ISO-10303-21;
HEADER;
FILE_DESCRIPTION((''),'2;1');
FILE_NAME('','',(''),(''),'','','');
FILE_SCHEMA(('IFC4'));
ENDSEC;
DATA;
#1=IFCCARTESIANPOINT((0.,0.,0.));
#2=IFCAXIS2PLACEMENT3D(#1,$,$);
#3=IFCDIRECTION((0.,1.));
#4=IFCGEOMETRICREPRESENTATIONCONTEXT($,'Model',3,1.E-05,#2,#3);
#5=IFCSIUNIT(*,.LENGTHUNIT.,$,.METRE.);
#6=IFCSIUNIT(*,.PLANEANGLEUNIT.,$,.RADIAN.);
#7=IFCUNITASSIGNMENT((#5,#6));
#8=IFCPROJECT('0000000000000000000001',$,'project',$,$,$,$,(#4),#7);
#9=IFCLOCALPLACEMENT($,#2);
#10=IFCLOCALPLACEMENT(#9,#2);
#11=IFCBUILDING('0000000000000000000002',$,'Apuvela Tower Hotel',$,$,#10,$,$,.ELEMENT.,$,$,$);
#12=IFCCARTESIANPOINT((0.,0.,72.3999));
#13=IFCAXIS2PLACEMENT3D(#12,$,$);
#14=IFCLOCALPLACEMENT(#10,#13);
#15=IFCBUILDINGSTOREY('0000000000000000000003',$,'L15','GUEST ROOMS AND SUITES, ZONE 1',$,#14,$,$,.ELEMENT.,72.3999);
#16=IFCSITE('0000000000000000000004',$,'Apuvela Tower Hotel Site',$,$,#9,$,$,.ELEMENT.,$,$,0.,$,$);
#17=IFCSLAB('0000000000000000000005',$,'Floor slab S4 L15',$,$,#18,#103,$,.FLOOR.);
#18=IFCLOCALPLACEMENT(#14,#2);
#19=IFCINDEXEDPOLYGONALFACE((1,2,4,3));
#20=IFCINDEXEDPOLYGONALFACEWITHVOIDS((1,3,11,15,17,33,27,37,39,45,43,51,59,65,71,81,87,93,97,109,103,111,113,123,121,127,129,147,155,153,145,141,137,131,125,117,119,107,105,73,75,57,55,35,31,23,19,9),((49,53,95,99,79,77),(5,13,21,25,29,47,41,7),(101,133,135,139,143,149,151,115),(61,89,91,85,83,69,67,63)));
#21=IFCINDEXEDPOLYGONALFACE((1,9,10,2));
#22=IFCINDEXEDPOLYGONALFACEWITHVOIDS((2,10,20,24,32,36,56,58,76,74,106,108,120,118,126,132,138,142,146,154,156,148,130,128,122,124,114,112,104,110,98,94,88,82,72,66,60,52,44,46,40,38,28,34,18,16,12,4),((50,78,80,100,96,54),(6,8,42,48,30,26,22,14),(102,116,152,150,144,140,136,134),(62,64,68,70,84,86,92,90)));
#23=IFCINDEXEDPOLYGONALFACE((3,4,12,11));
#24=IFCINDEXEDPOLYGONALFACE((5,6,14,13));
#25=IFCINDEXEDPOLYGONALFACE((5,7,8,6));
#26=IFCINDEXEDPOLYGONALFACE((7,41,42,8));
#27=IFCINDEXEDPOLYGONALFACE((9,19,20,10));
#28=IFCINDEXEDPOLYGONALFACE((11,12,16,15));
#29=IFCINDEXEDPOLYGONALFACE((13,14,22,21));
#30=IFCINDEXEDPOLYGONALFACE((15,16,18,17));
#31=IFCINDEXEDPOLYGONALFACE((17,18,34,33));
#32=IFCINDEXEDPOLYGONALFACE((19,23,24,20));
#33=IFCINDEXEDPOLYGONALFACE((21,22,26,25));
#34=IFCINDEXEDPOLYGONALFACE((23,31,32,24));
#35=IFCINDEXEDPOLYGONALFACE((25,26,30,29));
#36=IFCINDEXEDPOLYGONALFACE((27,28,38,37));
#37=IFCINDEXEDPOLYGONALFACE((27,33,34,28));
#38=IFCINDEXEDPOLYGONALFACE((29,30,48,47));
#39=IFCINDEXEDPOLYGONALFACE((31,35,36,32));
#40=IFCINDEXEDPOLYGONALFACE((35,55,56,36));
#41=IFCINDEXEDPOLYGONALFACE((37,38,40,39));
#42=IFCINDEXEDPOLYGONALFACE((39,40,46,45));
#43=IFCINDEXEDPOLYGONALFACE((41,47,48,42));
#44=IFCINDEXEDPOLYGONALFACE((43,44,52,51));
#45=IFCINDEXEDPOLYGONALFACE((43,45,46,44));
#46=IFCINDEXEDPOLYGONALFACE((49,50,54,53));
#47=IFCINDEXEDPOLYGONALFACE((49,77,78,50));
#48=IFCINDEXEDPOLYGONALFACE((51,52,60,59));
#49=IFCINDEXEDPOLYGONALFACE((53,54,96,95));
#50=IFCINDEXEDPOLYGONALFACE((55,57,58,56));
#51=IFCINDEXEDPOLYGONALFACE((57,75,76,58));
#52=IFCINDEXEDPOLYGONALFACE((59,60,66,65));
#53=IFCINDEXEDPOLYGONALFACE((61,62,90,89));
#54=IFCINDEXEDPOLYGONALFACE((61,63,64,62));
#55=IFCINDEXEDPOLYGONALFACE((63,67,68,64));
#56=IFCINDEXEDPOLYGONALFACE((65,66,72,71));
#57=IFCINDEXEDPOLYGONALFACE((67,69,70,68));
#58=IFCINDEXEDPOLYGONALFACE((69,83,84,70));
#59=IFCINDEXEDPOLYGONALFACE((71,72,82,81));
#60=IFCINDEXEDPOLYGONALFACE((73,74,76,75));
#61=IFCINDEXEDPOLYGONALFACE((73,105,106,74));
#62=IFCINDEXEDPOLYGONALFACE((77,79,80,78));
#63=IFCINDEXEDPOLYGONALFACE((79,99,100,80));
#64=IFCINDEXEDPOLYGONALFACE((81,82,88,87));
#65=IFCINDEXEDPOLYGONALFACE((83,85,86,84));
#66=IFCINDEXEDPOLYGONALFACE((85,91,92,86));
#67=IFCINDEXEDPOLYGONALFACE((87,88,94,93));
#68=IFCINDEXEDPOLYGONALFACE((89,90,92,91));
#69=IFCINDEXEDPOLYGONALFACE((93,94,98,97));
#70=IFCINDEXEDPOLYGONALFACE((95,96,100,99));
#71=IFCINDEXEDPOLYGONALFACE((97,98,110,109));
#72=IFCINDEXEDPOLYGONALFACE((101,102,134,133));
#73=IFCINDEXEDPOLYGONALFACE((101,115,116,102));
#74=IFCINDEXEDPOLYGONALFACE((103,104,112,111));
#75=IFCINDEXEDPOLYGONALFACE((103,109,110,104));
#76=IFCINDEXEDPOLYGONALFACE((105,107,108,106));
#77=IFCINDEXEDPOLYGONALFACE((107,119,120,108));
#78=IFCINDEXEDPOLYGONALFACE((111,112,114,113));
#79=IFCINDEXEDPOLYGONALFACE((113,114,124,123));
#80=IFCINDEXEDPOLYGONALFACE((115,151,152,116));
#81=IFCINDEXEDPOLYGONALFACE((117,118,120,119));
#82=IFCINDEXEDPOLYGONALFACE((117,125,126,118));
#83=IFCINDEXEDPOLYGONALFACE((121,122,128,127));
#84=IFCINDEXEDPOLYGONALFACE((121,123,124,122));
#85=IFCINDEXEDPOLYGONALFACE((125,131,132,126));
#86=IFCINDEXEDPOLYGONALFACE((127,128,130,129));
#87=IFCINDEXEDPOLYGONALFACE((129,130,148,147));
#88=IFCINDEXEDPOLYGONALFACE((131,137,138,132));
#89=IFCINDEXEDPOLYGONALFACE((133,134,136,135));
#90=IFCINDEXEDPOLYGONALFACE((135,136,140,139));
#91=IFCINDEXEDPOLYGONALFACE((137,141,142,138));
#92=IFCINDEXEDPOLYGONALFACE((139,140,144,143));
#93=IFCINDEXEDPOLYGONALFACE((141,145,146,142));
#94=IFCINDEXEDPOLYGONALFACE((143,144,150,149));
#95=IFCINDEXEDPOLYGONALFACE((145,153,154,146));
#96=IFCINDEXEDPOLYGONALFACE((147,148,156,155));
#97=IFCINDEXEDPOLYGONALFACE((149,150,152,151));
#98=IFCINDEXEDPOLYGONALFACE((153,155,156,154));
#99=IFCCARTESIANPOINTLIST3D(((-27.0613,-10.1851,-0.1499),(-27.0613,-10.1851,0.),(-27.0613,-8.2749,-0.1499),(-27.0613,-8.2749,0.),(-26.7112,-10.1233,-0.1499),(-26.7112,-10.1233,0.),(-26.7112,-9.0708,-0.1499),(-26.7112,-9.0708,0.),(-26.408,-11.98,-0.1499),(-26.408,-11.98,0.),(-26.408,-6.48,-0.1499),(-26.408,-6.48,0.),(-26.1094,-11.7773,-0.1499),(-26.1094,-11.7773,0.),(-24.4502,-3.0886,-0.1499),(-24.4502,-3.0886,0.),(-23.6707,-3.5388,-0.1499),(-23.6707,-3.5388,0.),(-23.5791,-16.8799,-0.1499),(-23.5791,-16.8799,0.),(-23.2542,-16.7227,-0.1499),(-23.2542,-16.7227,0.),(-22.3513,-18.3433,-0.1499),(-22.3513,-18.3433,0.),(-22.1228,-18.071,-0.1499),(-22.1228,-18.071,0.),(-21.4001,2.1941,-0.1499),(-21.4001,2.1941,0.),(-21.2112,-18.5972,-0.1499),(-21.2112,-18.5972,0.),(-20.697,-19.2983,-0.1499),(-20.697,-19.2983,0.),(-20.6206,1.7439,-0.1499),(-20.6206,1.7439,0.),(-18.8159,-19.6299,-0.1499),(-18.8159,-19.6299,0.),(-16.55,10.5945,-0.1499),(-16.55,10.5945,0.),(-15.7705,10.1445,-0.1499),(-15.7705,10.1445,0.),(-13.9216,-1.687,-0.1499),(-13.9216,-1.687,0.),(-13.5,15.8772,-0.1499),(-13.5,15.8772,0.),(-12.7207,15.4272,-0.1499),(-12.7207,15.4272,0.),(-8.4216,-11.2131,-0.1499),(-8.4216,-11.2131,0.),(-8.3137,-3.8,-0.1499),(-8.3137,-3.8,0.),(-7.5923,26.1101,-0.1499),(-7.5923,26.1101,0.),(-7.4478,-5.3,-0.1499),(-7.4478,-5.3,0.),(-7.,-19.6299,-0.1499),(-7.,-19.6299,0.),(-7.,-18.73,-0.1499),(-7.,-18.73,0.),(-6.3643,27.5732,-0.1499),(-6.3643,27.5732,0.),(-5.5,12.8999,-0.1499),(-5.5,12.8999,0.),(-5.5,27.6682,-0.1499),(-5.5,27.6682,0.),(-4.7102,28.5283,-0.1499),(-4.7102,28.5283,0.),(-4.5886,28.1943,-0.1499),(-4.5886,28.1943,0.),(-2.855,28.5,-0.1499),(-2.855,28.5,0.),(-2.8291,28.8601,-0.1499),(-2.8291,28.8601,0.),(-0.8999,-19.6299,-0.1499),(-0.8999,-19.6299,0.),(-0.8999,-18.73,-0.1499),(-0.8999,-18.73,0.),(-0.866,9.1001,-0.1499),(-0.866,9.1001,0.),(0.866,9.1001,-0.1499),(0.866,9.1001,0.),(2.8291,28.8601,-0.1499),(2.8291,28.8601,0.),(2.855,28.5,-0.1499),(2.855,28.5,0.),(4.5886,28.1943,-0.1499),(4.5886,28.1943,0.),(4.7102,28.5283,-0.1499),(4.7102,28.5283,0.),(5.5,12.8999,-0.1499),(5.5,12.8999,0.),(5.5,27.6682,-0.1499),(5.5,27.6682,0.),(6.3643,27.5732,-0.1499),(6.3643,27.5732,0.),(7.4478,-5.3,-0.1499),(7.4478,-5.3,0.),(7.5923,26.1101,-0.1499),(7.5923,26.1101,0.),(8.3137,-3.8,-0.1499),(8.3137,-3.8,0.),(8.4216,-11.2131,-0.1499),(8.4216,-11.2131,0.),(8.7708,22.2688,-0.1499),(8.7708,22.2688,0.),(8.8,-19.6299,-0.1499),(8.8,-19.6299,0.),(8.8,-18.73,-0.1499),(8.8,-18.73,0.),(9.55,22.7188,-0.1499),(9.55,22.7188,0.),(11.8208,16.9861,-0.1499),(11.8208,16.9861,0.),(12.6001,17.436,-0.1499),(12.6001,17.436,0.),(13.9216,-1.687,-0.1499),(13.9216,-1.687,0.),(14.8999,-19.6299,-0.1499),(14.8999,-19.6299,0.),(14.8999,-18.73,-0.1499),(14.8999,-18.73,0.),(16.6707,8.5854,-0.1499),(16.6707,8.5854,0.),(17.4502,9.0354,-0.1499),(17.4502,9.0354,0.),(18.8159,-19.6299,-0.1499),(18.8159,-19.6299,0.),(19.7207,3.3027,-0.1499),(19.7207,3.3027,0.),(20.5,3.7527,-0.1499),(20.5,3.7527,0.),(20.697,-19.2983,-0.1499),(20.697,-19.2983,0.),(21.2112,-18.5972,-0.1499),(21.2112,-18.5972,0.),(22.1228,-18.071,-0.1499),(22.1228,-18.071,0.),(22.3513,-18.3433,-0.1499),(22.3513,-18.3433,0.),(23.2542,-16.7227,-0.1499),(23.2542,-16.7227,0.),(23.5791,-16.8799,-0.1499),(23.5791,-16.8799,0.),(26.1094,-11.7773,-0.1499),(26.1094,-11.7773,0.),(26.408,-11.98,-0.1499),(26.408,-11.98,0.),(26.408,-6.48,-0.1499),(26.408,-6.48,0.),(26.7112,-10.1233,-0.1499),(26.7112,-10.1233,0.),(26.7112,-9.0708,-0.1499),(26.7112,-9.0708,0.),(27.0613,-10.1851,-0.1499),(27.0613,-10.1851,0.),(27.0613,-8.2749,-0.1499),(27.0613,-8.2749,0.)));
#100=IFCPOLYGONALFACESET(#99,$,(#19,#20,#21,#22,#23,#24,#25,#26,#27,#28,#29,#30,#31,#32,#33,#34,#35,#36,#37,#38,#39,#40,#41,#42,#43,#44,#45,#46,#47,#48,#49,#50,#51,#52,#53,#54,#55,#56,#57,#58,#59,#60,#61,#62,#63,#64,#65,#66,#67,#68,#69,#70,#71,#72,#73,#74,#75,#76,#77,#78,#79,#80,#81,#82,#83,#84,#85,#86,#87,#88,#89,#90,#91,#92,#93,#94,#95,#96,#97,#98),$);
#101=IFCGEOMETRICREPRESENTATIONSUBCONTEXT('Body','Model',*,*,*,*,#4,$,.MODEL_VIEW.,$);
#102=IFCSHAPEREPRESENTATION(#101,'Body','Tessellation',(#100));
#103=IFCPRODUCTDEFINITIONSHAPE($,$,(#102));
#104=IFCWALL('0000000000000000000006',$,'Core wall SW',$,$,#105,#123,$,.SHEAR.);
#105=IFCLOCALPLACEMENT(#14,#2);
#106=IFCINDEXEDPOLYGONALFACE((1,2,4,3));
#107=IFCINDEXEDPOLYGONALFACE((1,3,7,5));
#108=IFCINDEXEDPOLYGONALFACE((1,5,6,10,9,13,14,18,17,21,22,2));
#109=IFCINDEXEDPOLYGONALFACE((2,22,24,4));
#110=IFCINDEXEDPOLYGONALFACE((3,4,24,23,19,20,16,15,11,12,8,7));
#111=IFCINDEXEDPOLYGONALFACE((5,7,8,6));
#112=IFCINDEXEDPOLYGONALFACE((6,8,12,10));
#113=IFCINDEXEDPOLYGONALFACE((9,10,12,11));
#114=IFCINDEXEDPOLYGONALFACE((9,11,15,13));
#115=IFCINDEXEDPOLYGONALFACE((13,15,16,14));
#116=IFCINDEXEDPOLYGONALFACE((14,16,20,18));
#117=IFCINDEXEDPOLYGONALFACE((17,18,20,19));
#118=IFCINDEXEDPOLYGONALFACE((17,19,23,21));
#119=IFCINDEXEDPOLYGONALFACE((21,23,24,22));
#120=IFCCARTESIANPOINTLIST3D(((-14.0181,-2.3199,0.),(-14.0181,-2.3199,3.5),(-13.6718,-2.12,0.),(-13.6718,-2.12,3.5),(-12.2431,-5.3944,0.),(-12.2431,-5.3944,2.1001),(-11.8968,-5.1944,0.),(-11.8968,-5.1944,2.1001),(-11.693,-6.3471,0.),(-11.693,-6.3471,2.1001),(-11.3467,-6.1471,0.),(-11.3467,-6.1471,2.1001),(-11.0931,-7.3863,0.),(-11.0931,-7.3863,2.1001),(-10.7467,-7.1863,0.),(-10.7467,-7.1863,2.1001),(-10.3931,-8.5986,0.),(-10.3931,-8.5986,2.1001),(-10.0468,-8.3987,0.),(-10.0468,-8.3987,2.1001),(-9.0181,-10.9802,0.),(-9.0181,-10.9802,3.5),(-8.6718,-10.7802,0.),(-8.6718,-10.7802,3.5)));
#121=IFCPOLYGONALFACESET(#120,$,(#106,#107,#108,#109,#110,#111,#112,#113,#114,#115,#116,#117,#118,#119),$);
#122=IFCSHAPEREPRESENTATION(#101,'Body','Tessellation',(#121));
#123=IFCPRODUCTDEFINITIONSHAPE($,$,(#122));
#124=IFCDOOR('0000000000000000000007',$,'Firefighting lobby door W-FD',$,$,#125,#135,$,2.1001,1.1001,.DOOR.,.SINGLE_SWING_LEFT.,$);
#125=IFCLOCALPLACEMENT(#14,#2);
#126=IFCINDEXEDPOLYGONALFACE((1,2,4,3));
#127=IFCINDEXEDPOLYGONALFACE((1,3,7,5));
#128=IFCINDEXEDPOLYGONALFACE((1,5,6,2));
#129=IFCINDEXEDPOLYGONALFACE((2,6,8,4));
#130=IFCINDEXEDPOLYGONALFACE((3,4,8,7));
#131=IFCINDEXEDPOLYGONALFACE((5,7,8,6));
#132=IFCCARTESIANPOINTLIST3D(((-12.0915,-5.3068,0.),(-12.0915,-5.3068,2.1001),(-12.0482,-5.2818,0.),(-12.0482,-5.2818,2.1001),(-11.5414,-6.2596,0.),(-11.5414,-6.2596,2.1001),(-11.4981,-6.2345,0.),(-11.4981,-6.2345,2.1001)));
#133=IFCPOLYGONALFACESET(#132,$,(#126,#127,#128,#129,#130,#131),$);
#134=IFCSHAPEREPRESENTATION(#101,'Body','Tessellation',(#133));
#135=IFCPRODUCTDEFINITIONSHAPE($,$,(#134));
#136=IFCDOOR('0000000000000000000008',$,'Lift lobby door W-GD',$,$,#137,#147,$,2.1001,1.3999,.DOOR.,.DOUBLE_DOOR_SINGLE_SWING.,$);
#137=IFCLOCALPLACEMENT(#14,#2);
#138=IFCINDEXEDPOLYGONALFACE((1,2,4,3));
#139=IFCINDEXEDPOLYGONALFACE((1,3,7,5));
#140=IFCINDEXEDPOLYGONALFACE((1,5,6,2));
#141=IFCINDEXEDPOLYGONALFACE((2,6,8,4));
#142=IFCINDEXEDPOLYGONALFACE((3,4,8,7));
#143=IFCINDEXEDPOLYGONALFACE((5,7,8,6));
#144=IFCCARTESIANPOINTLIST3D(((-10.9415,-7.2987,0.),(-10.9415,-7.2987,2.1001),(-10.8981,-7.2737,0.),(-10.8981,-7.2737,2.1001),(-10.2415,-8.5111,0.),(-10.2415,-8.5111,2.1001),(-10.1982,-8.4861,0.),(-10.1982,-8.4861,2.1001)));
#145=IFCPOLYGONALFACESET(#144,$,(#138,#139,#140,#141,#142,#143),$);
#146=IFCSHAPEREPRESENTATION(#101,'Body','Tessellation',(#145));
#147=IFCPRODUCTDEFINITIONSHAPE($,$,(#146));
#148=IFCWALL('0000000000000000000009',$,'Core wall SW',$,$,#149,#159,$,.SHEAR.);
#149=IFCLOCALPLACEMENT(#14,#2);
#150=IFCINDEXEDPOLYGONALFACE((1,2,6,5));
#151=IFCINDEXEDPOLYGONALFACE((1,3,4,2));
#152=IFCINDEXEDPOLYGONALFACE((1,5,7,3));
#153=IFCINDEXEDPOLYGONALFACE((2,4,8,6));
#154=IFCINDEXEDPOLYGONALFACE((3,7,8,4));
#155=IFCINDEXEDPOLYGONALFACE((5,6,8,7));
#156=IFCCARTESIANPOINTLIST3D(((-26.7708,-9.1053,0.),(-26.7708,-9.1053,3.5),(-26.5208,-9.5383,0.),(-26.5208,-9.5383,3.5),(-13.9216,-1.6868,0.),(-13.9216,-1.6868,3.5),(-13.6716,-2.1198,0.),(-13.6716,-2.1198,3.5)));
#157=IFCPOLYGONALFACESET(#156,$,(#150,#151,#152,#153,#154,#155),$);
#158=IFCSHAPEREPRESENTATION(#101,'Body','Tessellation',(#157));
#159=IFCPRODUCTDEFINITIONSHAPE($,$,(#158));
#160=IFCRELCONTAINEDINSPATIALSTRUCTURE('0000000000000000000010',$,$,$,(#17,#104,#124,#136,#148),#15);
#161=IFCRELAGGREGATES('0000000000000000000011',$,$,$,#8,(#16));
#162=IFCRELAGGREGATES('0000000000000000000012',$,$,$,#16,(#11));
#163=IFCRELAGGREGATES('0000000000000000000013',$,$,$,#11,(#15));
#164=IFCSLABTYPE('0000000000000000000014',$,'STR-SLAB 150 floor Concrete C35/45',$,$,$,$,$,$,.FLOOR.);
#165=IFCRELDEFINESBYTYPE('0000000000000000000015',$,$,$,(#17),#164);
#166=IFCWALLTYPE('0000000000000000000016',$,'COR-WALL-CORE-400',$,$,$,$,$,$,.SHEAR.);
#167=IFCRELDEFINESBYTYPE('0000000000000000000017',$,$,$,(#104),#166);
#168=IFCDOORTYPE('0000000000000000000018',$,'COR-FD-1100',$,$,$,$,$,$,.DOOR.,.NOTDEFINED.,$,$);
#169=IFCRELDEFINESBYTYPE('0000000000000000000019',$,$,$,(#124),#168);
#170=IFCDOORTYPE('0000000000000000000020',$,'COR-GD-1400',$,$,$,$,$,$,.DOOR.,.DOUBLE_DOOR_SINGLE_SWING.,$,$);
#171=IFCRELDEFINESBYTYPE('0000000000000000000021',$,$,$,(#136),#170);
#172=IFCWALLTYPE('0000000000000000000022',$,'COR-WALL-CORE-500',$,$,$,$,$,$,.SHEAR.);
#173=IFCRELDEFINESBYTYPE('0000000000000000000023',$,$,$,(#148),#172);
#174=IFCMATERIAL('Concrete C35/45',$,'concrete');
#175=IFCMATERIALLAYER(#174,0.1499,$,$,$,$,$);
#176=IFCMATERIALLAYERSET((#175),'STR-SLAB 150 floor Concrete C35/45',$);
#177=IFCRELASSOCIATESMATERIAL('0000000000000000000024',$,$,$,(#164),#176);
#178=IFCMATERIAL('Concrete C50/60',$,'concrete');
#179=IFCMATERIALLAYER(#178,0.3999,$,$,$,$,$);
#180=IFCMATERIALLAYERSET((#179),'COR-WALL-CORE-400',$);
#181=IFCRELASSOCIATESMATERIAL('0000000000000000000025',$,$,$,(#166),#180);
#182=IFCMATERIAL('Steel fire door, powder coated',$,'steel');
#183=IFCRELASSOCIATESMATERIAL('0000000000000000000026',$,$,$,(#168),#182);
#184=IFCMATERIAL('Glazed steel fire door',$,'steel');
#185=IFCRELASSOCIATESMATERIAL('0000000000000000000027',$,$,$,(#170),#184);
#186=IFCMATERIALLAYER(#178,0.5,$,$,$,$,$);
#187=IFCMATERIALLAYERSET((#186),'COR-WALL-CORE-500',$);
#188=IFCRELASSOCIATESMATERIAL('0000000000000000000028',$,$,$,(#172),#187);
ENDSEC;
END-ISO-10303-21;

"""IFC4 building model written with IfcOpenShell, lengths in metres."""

from ifc_helpers import new_model, si_unit, direction, frame, frame_2d, origin, place, context, subcontext, project, spatial, polyline, rectangle, outline, extrude, material, layer, layer_set, type_object, element, fill, save


model = new_model("IFC4")

# Units and contexts
model_context = context("Model", 3, precision=1e-05, world=origin(), true_north=direction((0.0, 1.0)))
body_context = subcontext(model_context, "Body", "Model", "MODEL_VIEW")
ifc_project = project(units=[si_unit("LENGTHUNIT", "METRE"), si_unit("PLANEANGLEUNIT", "RADIAN")], contexts=[model_context])

# Site, building, storey
site_placement = place(None, origin())
site = spatial("IfcSite", under=ifc_project, at=site_placement, Name="Apuvela Tower Hotel Site", CompositionType="ELEMENT", RefElevation=0.0)
building_placement = place(site_placement, origin())
building = spatial("IfcBuilding", under=site, at=building_placement, Name="Apuvela Tower Hotel", CompositionType="ELEMENT")
storey_placement = place(building_placement, frame((0.0, 0.0, 72.3999)))
storey = spatial("IfcBuildingStorey", under=building, at=storey_placement, Name="L15", Description="GUEST ROOMS AND SUITES, ZONE 1", CompositionType="ELEMENT", Elevation=72.3999)

# Slab
ifc_material_1 = material(Name="Concrete C50/60", Category="concrete")
ifc_material_2 = material(Name="Concrete C35/45", Category="concrete")
ifc_layer_1 = layer(ifc_material_2, 0.1499)
ifc_layer_set_1 = layer_set([ifc_layer_1], Name="STR-SLAB 150 floor Concrete C35/45")
slab_type_1 = type_object("IfcSlabType", Name="STR-SLAB 150 floor Concrete C35/45", PredefinedType="FLOOR", material=ifc_layer_set_1)
slab_1_placement = place(storey_placement, frame((0.0, 0.0, -0.1499)))
element("IfcSlab", 1, at=slab_1_placement, inside=storey, type_object=slab_type_1, Name="Floor slab S4 L15", PredefinedType="FLOOR", context=body_context, shape_type="SweptSolid", body=[
    extrude(outline(polyline([(-6.3643, 27.5732), (-4.7102, 28.5283), (-2.8291, 28.8601), (2.8291, 28.8601), (4.7102, 28.5283), (6.3643, 27.5732), (7.5923, 26.1101), (9.55, 22.7188), (8.7708, 22.2688), (11.8208, 16.9861), (12.6001, 17.436), (17.4502, 9.0354), (16.6707, 8.5854), (19.7207, 3.3027), (20.5, 3.7527), (26.408, -6.48), (27.0613, -8.2749), (27.0613, -10.1851), (26.408, -11.98), (23.5791, -16.8799), (22.3513, -18.3433), (20.697, -19.2983), (18.8159, -19.6299), (14.8999, -19.6299), (14.8999, -18.73), (8.8, -18.73), (8.8, -19.6299), (-0.8999, -19.6299), (-0.8999, -18.73), (-7.0, -18.73), (-7.0, -19.6299), (-18.8159, -19.6299), (-20.697, -19.2983), (-22.3513, -18.3433), (-23.5791, -16.8799), (-26.408, -11.98), (-27.0613, -10.1851), (-27.0613, -8.2749), (-26.408, -6.48), (-24.4502, -3.0886), (-23.6707, -3.5388), (-20.6206, 1.7439), (-21.4001, 2.1941), (-16.55, 10.5945), (-15.7705, 10.1445), (-12.7207, 15.4272), (-13.5, 15.8772), (-7.5923, 26.1101), (-6.3643, 27.5732)]), holes=[polyline([(0.866, 9.1001), (-0.866, 9.1001), (-8.3137, -3.8), (-7.4478, -5.3), (7.4478, -5.3), (8.3137, -3.8), (0.866, 9.1001)]), polyline([(-5.5, 12.8999), (-5.5, 27.6682), (-4.5886, 28.1943), (-2.855, 28.5), (2.855, 28.5), (4.5886, 28.1943), (5.5, 27.6682), (5.5, 12.8999), (-5.5, 12.8999)]), polyline([(-8.4216, -11.2131), (-21.2112, -18.5972), (-22.1228, -18.071), (-23.2542, -16.7227), (-26.1094, -11.7773), (-26.7112, -10.1233), (-26.7112, -9.0708), (-13.9216, -1.687), (-8.4216, -11.2131)]), polyline([(13.9216, -1.687), (26.7112, -9.0708), (26.7112, -10.1233), (26.1094, -11.7773), (23.2542, -16.7227), (22.1228, -18.071), (21.2112, -18.5972), (8.4216, -11.2131), (13.9216, -1.687)])]), origin(), (0.0, 0.0, 1.0), 0.1499),
])

# Wall, openings, doors
ifc_layer_2 = layer(ifc_material_1, 0.3999)
ifc_layer_set_2 = layer_set([ifc_layer_2], Name="COR-WALL-CORE-400")
wall_type_1 = type_object("IfcWallType", Name="COR-WALL-CORE-400", PredefinedType="SHEAR", material=ifc_layer_set_2)
wall_1_placement = place(storey_placement, frame((-13.845, -2.22, 0.0), z_axis=(0.0, 0.0, 1.0), x_axis=(0.500004, -0.866023, 0.0)))
wall_1 = element("IfcWall", 2, at=wall_1_placement, inside=storey, type_object=wall_type_1, Name="Core wall SW", PredefinedType="SHEAR", context=body_context, shape_type="SweptSolid", body=[
    extrude(rectangle(XDim=10.0, YDim=0.3999, at=frame_2d((5.0, 0.0))), origin(), (0.0, 0.0, 1.0), 3.5),
])
opening_1_placement = place(wall_1_placement, frame((3.55, 0.0, 0.0)))
opening_1 = element("IfcOpeningElement", 3, at=opening_1_placement, cuts=wall_1, PredefinedType="OPENING", context=body_context, shape_type="SweptSolid", body=[
    extrude(rectangle(XDim=1.1001, YDim=2.1001, at=frame_2d((0.55, 1.05))), frame((0.0, 0.21, 0.0), z_axis=(0.0, -1.0, 0.0), x_axis=(1.0, 0.0, 0.0)), (0.0, 0.0, 1.0), 0.4199),
])
opening_2_placement = place(wall_1_placement, frame((5.8501, 0.0, 0.0)))
opening_2 = element("IfcOpeningElement", 4, at=opening_2_placement, cuts=wall_1, PredefinedType="OPENING", context=body_context, shape_type="SweptSolid", body=[
    extrude(rectangle(XDim=1.3999, YDim=2.1001, at=frame_2d((0.7, 1.05))), frame((0.0, 0.21, 0.0), z_axis=(0.0, -1.0, 0.0), x_axis=(1.0, 0.0, 0.0)), (0.0, 0.0, 1.0), 0.4199),
])
ifc_material_3 = material(Name="Steel fire door, powder coated", Category="steel")
door_type_1 = type_object("IfcDoorType", Name="COR-FD-1100", OperationType="NOTDEFINED", PredefinedType="DOOR", material=ifc_material_3)
door_1_placement = place(opening_1_placement, frame((1.1001, 0.0, 0.0), z_axis=(0.0, 0.0, 1.0), x_axis=(-1.0, 0.0, 0.0)))
door_1 = element("IfcDoor", 5, at=door_1_placement, inside=storey, type_object=door_type_1, Name="Firefighting lobby door W-FD", OperationType="SINGLE_SWING_LEFT", OverallHeight=2.1001, OverallWidth=1.1001, PredefinedType="DOOR", context=body_context, shape_type="SweptSolid", body=[
    extrude(rectangle(XDim=1.1001, YDim=2.1001, at=frame_2d((0.55, 1.05))), frame((0.0, 0.0249, 0.0), z_axis=(0.0, -1.0, 0.0), x_axis=(1.0, 0.0, 0.0)), (0.0, 0.0, 1.0), 0.05),
])
fill(opening_1, door_1)
ifc_material_4 = material(Name="Glazed steel fire door", Category="steel")
door_type_2 = type_object("IfcDoorType", Name="COR-GD-1400", OperationType="DOUBLE_DOOR_SINGLE_SWING", PredefinedType="DOOR", material=ifc_material_4)
door_2_placement = place(opening_2_placement, frame((1.3999, 0.0, 0.0), z_axis=(0.0, 0.0, 1.0), x_axis=(-1.0, 0.0, 0.0)))
door_2 = element("IfcDoor", 6, at=door_2_placement, inside=storey, type_object=door_type_2, Name="Lift lobby door W-GD", OperationType="DOUBLE_DOOR_SINGLE_SWING", OverallHeight=2.1001, OverallWidth=1.3999, PredefinedType="DOOR", context=body_context, shape_type="SweptSolid", body=[
    extrude(rectangle(XDim=1.3999, YDim=2.1001, at=frame_2d((0.7, 1.05))), frame((0.0, 0.0249, 0.0), z_axis=(0.0, -1.0, 0.0), x_axis=(1.0, 0.0, 0.0)), (0.0, 0.0, 1.0), 0.05),
])
fill(opening_2, door_2)

# Wall
ifc_layer_3 = layer(ifc_material_1, 0.5)
ifc_layer_set_3 = layer_set([ifc_layer_3], Name="COR-WALL-CORE-500")
wall_type_2 = type_object("IfcWallType", Name="COR-WALL-CORE-500", PredefinedType="SHEAR", material=ifc_layer_set_3)
wall_2_placement = place(storey_placement, frame((-13.7966, -1.9033, 0.0), z_axis=(0.0, 0.0, 1.0), x_axis=(-0.866025, -0.500001, 0.0)))
element("IfcWall", 7, at=wall_2_placement, inside=storey, type_object=wall_type_2, Name="Core wall SW", PredefinedType="SHEAR", context=body_context, shape_type="SweptSolid", body=[
    extrude(rectangle(XDim=14.8369, YDim=0.5, at=frame_2d((7.4185, 0.0))), origin(), (0.0, 0.0, 1.0), 3.5),
])

save(model, "model.ifc")
